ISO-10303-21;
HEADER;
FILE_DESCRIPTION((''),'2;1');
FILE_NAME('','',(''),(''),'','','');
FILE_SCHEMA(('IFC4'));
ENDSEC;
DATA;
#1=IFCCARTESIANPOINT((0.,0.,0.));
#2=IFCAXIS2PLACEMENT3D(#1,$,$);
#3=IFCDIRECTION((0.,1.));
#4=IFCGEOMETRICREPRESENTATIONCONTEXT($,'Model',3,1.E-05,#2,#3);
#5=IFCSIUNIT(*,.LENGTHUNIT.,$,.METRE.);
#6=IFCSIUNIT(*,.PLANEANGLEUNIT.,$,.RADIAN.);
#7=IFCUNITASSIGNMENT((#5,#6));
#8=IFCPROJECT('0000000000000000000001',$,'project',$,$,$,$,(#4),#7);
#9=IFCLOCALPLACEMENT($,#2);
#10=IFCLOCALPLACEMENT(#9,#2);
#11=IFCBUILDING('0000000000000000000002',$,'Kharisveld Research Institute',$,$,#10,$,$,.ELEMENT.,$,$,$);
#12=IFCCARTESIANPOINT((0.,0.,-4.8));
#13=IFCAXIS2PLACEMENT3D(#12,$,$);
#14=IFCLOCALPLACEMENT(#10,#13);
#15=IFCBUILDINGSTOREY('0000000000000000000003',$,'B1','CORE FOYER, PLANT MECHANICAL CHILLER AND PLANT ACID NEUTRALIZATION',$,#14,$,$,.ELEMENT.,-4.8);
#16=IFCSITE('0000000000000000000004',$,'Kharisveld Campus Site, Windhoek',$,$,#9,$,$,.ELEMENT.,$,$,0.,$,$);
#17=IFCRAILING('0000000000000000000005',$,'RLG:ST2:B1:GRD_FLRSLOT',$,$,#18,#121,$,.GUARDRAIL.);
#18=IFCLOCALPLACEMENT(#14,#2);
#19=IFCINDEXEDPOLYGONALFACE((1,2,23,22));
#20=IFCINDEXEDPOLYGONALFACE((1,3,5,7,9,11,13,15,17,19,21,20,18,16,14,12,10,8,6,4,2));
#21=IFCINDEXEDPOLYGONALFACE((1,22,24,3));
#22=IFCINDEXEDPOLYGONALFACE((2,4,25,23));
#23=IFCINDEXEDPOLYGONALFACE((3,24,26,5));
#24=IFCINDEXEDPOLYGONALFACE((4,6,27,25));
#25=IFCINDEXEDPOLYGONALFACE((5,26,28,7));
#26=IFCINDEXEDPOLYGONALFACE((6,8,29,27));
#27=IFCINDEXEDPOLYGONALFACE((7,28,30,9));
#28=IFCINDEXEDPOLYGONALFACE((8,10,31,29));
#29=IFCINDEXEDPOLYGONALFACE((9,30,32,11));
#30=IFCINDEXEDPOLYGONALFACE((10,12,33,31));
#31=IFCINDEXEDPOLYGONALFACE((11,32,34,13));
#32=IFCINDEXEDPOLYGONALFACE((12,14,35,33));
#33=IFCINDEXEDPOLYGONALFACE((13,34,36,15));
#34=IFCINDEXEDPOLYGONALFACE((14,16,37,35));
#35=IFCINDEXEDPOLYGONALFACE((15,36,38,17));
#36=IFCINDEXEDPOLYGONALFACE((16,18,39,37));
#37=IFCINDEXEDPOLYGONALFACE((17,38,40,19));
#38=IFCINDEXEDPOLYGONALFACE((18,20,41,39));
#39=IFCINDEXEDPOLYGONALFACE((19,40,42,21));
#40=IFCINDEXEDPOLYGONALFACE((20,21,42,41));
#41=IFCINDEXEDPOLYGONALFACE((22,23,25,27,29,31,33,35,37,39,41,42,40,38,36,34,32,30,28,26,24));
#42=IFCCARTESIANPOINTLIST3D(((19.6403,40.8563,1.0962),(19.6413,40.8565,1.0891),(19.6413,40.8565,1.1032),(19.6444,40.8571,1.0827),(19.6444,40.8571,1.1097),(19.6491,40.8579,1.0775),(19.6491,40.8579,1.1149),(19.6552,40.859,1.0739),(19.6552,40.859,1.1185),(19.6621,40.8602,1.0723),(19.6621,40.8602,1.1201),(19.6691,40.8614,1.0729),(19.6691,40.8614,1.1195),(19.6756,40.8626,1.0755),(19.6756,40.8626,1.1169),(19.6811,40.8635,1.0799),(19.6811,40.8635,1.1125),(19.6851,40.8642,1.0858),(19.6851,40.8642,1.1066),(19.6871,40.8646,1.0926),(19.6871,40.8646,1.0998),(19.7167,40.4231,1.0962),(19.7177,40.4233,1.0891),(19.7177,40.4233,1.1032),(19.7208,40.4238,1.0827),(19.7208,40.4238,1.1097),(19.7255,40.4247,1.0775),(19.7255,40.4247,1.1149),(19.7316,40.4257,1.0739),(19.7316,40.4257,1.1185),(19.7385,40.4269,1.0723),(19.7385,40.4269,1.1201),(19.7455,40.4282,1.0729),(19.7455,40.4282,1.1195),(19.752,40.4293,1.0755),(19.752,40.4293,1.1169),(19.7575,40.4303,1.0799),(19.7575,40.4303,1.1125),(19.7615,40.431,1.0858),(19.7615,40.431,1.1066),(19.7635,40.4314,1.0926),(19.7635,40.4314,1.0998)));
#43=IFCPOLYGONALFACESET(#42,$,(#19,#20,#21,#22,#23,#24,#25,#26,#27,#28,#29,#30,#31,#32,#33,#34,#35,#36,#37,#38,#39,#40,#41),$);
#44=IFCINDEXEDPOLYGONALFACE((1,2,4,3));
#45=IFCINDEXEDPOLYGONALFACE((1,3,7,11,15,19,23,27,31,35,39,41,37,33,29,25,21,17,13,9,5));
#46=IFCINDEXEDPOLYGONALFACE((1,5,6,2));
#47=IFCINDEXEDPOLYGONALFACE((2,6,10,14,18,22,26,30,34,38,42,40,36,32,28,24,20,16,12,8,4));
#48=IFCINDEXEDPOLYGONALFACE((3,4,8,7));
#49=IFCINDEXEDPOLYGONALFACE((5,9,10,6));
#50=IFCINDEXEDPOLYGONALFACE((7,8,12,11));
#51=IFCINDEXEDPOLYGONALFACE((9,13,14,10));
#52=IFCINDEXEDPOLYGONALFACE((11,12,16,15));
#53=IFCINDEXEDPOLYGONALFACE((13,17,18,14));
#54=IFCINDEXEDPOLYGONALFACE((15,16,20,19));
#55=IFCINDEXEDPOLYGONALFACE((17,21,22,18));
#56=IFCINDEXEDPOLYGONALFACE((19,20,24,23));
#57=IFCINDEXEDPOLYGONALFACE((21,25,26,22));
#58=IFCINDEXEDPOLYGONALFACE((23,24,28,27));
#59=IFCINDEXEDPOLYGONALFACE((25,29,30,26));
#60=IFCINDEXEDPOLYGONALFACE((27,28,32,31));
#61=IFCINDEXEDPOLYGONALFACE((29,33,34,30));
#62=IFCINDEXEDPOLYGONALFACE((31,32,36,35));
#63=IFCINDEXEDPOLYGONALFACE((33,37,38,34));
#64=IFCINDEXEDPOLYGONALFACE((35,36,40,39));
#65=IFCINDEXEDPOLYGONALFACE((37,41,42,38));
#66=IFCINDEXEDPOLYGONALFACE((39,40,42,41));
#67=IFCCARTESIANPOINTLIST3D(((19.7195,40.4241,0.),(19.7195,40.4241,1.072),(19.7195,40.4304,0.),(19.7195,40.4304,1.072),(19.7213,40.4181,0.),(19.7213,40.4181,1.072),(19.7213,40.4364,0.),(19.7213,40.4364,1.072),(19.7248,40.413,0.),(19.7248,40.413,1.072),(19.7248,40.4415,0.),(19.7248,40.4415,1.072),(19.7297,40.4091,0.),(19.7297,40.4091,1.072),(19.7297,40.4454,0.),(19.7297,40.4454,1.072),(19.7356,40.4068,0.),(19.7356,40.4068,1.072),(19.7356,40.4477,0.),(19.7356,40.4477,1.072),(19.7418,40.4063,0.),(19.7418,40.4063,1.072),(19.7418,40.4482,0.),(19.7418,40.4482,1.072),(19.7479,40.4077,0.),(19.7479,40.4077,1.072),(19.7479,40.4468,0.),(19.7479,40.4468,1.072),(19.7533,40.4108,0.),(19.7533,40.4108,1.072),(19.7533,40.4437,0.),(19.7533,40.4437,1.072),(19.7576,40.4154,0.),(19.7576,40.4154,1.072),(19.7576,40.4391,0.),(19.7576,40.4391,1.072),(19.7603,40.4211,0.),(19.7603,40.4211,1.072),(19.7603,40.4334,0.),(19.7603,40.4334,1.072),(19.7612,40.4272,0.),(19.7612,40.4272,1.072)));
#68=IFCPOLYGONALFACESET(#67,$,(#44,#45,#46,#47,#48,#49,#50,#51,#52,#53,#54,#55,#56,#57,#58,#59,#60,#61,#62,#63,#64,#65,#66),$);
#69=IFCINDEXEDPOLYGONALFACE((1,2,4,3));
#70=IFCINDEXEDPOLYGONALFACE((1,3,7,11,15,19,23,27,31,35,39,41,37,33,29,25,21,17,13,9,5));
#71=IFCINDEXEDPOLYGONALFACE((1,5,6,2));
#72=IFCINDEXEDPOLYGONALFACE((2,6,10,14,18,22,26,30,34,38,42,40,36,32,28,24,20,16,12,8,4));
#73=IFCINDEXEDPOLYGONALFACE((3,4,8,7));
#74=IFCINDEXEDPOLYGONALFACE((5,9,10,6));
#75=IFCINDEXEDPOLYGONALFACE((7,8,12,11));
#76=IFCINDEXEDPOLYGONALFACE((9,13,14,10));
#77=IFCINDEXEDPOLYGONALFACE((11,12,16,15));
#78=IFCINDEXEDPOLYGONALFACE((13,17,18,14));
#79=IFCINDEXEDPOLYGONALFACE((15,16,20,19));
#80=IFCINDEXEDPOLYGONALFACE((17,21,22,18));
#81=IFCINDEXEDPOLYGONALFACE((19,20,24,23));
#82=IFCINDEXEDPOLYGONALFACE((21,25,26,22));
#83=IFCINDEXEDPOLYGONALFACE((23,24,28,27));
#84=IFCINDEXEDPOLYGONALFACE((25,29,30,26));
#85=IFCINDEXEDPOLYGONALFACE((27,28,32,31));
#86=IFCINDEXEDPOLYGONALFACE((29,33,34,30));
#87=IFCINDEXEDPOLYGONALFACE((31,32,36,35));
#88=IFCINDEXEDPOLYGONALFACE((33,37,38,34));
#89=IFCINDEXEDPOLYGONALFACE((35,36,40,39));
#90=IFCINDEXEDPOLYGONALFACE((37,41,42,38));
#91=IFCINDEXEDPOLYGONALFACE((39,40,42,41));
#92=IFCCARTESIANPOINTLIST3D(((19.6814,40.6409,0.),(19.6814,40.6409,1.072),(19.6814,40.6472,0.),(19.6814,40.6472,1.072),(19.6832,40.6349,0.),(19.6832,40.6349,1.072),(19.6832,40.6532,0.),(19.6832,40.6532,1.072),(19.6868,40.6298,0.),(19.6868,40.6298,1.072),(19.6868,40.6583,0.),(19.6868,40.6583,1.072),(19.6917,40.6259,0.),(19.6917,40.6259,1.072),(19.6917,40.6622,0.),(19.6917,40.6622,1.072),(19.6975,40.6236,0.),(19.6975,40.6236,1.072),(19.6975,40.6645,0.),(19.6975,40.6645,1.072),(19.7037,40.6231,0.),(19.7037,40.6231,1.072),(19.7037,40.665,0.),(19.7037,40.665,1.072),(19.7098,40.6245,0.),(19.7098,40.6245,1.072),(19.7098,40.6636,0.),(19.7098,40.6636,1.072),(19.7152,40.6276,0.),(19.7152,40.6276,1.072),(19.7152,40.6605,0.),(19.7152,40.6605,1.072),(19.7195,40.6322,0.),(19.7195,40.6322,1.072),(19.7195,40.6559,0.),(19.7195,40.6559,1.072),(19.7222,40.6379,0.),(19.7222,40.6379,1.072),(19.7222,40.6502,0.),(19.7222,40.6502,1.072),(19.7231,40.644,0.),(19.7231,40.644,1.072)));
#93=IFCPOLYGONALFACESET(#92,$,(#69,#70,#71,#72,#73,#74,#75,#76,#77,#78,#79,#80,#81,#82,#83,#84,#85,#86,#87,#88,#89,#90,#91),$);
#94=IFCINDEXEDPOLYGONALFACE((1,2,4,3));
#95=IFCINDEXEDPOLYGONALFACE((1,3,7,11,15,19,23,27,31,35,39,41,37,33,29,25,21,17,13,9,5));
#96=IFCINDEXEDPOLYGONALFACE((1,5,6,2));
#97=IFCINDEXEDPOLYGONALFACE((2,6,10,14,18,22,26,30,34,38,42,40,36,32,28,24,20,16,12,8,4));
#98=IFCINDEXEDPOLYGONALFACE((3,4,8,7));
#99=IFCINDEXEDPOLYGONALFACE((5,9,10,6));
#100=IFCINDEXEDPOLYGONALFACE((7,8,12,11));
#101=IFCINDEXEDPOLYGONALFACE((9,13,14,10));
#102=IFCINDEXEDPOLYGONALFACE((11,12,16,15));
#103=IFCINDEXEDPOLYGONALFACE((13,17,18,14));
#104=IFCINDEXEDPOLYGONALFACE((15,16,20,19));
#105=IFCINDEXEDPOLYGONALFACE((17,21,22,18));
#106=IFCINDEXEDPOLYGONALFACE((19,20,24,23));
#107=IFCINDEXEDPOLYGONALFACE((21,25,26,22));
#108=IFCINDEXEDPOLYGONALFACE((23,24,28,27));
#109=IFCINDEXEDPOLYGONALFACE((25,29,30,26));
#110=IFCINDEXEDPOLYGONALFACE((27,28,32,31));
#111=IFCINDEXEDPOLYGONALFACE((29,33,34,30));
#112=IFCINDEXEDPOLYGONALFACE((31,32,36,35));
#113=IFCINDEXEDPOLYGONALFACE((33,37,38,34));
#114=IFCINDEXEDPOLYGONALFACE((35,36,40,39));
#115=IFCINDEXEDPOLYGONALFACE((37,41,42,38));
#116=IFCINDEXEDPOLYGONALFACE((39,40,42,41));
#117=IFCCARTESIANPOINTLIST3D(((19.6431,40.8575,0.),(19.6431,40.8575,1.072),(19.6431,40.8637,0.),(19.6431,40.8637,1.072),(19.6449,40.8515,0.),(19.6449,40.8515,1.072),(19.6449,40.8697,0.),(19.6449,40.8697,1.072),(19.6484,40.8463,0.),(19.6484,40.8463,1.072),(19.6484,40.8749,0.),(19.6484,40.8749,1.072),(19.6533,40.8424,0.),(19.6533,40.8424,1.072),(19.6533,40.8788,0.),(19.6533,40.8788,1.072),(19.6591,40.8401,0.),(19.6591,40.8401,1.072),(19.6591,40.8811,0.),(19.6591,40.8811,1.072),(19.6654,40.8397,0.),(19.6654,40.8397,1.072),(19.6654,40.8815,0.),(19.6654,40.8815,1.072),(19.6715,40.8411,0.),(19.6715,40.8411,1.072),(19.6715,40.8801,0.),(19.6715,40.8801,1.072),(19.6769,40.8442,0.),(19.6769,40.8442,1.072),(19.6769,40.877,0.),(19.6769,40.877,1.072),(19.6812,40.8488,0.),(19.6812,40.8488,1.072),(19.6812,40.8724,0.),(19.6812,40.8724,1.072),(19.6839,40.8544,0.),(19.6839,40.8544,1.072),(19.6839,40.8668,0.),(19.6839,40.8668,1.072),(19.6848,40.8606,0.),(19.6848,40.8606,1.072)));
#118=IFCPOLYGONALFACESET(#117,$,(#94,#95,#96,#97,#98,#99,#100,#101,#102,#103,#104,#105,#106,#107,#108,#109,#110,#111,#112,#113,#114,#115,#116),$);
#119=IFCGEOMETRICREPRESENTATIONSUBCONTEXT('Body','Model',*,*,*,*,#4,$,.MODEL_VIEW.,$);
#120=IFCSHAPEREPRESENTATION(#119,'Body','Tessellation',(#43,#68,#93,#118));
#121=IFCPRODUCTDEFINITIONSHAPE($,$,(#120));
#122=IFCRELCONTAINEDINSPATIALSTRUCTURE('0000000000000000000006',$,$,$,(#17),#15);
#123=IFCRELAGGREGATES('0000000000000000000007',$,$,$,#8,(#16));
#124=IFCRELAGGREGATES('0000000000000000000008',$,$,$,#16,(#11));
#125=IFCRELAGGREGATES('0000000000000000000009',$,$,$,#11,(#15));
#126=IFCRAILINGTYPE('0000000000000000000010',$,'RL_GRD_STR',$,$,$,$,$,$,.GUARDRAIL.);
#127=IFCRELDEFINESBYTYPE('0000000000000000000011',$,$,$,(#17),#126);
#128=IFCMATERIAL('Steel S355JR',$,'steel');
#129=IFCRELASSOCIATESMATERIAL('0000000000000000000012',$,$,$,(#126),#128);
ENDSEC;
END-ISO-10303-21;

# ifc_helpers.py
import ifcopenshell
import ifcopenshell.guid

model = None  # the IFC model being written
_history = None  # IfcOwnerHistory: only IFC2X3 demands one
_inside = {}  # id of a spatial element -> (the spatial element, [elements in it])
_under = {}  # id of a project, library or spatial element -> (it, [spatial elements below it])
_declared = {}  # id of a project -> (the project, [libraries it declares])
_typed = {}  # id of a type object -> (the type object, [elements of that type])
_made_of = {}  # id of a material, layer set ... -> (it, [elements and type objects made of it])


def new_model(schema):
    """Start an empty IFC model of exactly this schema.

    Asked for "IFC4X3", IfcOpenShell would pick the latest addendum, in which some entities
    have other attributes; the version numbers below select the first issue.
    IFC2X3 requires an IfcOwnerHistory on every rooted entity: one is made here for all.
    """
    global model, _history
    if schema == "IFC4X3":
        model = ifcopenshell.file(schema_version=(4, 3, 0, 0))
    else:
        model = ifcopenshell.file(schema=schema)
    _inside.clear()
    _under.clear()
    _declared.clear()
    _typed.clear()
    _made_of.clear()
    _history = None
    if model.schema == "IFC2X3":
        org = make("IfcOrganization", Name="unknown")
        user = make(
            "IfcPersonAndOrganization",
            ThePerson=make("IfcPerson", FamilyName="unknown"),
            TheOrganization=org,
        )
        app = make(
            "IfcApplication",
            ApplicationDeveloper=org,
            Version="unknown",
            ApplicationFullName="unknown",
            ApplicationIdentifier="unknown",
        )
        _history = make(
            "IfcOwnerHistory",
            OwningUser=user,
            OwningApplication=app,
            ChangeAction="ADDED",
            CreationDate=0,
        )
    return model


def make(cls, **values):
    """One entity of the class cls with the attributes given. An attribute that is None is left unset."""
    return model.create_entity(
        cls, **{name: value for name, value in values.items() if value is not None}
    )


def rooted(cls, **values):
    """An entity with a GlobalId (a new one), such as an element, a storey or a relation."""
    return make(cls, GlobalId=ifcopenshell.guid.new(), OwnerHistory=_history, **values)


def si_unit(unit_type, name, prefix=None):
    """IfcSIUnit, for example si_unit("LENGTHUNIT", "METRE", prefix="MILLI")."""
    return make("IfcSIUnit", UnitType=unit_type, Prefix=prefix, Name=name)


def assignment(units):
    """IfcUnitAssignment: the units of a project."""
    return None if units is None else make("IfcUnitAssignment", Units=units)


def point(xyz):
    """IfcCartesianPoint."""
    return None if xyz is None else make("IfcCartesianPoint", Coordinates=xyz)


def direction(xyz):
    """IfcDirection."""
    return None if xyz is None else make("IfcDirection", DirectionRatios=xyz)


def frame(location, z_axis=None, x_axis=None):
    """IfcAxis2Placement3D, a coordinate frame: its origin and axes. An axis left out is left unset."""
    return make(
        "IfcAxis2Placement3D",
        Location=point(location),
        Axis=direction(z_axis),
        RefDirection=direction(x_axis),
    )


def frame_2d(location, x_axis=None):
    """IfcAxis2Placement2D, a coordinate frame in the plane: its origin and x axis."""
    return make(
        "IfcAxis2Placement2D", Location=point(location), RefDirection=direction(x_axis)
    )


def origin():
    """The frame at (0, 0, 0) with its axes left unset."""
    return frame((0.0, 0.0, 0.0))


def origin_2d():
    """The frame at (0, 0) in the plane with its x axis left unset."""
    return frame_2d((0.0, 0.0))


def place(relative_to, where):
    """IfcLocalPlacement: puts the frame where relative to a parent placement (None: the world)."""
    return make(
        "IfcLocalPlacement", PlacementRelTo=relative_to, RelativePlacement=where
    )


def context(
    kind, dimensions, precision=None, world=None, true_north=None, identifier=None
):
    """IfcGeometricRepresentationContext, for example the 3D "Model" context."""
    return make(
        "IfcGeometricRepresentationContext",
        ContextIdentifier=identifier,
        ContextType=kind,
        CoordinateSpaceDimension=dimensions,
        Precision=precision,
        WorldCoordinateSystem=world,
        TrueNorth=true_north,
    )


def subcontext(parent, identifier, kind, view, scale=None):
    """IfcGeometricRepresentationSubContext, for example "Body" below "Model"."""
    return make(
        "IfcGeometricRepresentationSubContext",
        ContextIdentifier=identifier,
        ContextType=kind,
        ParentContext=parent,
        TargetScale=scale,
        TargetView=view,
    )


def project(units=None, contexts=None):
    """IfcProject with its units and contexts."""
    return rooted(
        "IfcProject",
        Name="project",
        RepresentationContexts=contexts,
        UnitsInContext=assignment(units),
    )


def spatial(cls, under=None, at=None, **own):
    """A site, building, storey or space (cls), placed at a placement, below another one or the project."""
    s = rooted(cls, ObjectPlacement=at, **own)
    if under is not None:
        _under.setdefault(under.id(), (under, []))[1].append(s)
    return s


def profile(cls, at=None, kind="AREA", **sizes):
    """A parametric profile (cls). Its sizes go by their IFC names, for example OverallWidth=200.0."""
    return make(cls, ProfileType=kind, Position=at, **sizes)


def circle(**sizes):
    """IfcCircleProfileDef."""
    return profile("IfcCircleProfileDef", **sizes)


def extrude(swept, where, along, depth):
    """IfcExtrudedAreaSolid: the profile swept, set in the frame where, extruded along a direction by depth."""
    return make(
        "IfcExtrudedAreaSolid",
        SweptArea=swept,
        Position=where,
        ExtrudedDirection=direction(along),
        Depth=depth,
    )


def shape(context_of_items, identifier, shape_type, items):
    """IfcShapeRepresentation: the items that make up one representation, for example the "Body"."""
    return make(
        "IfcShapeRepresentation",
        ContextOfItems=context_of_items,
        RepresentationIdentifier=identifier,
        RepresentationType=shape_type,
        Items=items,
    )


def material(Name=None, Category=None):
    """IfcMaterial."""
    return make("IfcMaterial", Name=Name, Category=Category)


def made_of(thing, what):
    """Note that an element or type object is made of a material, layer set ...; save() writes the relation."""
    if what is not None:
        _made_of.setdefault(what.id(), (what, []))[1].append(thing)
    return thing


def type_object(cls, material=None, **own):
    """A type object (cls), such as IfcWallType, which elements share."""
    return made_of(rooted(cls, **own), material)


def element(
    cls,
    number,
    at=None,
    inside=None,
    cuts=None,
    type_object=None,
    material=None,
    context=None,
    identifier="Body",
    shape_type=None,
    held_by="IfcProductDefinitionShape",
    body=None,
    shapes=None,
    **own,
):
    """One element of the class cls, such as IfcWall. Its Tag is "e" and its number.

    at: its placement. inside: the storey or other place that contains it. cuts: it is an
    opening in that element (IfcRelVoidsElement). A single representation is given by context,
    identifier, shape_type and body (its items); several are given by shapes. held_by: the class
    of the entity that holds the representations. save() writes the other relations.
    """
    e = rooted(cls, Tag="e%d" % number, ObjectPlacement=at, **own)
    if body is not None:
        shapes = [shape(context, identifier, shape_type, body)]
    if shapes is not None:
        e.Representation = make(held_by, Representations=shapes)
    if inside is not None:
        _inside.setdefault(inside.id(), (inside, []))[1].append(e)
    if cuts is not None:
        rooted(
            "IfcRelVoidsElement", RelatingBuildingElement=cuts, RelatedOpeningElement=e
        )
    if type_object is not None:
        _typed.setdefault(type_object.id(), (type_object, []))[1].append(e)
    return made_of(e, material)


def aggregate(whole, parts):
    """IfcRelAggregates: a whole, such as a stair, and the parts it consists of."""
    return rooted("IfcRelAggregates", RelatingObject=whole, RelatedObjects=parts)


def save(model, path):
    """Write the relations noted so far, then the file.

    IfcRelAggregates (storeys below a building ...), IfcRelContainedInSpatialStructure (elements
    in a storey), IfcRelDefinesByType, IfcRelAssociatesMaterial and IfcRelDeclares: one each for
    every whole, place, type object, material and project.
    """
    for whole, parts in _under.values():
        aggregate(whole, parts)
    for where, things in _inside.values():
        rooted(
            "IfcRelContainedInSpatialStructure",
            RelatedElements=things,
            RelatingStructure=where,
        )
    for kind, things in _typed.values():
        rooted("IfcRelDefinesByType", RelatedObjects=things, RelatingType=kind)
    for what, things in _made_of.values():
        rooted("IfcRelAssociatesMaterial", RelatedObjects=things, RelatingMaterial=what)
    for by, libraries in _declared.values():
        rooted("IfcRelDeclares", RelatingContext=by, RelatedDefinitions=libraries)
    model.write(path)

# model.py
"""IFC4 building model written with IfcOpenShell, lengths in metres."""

from ifc_helpers import new_model, si_unit, direction, frame, origin, origin_2d, place, context, subcontext, project, spatial, circle, extrude, material, type_object, element, save


model = new_model("IFC4")

# Units and contexts
model_context = context("Model", 3, precision=1e-05, world=origin(), true_north=direction((0.0, 1.0)))
body_context = subcontext(model_context, "Body", "Model", "MODEL_VIEW")
ifc_project = project(units=[si_unit("LENGTHUNIT", "METRE"), si_unit("PLANEANGLEUNIT", "RADIAN")], contexts=[model_context])

# Site, building, storey
site_placement = place(None, origin())
site = spatial("IfcSite", under=ifc_project, at=site_placement, Name="Kharisveld Campus Site, Windhoek", CompositionType="ELEMENT", RefElevation=0.0)
building_placement = place(site_placement, origin())
building = spatial("IfcBuilding", under=site, at=building_placement, Name="Kharisveld Research Institute", CompositionType="ELEMENT")
storey_placement = place(building_placement, frame((0.0, 0.0, -4.8)))
storey = spatial("IfcBuildingStorey", under=building, at=storey_placement, Name="B1", Description="CORE FOYER, PLANT MECHANICAL CHILLER AND PLANT ACID NEUTRALIZATION", CompositionType="ELEMENT", Elevation=-4.8)

# Railing
ifc_material_1 = material(Name="Steel S355JR", Category="steel")
railing_type_1 = type_object("IfcRailingType", Name="RL_GRD_STR", PredefinedType="GUARDRAIL", material=ifc_material_1)
railing_1_placement = place(storey_placement, frame((19.7402, 40.4272, 0.0)))
element("IfcRailing", 1, at=railing_1_placement, inside=storey, type_object=railing_type_1, Name="RLG:ST2:B1:GRD_FLRSLOT", PredefinedType="GUARDRAIL", context=body_context, shape_type="SweptSolid", body=[
    extrude(circle(Radius=0.0239, at=origin_2d()), frame((0.0, 0.0, 1.0962), z_axis=(-0.173659, 0.984806, 0.0), x_axis=(-0.984806, -0.173659, 0.0)), (0.0, 0.0, 1.0), 0.4399),
    extrude(circle(Radius=0.021, at=origin_2d()), origin(), (0.0, 0.0, 1.0), 1.072),
    extrude(circle(Radius=0.021, at=origin_2d()), frame((-0.0381, 0.2168, 0.0)), (0.0, 0.0, 1.0), 1.072),
    extrude(circle(Radius=0.021, at=origin_2d()), frame((-0.0764, 0.4333, 0.0)), (0.0, 0.0, 1.0), 1.072),
])

save(model, "model.ifc")
